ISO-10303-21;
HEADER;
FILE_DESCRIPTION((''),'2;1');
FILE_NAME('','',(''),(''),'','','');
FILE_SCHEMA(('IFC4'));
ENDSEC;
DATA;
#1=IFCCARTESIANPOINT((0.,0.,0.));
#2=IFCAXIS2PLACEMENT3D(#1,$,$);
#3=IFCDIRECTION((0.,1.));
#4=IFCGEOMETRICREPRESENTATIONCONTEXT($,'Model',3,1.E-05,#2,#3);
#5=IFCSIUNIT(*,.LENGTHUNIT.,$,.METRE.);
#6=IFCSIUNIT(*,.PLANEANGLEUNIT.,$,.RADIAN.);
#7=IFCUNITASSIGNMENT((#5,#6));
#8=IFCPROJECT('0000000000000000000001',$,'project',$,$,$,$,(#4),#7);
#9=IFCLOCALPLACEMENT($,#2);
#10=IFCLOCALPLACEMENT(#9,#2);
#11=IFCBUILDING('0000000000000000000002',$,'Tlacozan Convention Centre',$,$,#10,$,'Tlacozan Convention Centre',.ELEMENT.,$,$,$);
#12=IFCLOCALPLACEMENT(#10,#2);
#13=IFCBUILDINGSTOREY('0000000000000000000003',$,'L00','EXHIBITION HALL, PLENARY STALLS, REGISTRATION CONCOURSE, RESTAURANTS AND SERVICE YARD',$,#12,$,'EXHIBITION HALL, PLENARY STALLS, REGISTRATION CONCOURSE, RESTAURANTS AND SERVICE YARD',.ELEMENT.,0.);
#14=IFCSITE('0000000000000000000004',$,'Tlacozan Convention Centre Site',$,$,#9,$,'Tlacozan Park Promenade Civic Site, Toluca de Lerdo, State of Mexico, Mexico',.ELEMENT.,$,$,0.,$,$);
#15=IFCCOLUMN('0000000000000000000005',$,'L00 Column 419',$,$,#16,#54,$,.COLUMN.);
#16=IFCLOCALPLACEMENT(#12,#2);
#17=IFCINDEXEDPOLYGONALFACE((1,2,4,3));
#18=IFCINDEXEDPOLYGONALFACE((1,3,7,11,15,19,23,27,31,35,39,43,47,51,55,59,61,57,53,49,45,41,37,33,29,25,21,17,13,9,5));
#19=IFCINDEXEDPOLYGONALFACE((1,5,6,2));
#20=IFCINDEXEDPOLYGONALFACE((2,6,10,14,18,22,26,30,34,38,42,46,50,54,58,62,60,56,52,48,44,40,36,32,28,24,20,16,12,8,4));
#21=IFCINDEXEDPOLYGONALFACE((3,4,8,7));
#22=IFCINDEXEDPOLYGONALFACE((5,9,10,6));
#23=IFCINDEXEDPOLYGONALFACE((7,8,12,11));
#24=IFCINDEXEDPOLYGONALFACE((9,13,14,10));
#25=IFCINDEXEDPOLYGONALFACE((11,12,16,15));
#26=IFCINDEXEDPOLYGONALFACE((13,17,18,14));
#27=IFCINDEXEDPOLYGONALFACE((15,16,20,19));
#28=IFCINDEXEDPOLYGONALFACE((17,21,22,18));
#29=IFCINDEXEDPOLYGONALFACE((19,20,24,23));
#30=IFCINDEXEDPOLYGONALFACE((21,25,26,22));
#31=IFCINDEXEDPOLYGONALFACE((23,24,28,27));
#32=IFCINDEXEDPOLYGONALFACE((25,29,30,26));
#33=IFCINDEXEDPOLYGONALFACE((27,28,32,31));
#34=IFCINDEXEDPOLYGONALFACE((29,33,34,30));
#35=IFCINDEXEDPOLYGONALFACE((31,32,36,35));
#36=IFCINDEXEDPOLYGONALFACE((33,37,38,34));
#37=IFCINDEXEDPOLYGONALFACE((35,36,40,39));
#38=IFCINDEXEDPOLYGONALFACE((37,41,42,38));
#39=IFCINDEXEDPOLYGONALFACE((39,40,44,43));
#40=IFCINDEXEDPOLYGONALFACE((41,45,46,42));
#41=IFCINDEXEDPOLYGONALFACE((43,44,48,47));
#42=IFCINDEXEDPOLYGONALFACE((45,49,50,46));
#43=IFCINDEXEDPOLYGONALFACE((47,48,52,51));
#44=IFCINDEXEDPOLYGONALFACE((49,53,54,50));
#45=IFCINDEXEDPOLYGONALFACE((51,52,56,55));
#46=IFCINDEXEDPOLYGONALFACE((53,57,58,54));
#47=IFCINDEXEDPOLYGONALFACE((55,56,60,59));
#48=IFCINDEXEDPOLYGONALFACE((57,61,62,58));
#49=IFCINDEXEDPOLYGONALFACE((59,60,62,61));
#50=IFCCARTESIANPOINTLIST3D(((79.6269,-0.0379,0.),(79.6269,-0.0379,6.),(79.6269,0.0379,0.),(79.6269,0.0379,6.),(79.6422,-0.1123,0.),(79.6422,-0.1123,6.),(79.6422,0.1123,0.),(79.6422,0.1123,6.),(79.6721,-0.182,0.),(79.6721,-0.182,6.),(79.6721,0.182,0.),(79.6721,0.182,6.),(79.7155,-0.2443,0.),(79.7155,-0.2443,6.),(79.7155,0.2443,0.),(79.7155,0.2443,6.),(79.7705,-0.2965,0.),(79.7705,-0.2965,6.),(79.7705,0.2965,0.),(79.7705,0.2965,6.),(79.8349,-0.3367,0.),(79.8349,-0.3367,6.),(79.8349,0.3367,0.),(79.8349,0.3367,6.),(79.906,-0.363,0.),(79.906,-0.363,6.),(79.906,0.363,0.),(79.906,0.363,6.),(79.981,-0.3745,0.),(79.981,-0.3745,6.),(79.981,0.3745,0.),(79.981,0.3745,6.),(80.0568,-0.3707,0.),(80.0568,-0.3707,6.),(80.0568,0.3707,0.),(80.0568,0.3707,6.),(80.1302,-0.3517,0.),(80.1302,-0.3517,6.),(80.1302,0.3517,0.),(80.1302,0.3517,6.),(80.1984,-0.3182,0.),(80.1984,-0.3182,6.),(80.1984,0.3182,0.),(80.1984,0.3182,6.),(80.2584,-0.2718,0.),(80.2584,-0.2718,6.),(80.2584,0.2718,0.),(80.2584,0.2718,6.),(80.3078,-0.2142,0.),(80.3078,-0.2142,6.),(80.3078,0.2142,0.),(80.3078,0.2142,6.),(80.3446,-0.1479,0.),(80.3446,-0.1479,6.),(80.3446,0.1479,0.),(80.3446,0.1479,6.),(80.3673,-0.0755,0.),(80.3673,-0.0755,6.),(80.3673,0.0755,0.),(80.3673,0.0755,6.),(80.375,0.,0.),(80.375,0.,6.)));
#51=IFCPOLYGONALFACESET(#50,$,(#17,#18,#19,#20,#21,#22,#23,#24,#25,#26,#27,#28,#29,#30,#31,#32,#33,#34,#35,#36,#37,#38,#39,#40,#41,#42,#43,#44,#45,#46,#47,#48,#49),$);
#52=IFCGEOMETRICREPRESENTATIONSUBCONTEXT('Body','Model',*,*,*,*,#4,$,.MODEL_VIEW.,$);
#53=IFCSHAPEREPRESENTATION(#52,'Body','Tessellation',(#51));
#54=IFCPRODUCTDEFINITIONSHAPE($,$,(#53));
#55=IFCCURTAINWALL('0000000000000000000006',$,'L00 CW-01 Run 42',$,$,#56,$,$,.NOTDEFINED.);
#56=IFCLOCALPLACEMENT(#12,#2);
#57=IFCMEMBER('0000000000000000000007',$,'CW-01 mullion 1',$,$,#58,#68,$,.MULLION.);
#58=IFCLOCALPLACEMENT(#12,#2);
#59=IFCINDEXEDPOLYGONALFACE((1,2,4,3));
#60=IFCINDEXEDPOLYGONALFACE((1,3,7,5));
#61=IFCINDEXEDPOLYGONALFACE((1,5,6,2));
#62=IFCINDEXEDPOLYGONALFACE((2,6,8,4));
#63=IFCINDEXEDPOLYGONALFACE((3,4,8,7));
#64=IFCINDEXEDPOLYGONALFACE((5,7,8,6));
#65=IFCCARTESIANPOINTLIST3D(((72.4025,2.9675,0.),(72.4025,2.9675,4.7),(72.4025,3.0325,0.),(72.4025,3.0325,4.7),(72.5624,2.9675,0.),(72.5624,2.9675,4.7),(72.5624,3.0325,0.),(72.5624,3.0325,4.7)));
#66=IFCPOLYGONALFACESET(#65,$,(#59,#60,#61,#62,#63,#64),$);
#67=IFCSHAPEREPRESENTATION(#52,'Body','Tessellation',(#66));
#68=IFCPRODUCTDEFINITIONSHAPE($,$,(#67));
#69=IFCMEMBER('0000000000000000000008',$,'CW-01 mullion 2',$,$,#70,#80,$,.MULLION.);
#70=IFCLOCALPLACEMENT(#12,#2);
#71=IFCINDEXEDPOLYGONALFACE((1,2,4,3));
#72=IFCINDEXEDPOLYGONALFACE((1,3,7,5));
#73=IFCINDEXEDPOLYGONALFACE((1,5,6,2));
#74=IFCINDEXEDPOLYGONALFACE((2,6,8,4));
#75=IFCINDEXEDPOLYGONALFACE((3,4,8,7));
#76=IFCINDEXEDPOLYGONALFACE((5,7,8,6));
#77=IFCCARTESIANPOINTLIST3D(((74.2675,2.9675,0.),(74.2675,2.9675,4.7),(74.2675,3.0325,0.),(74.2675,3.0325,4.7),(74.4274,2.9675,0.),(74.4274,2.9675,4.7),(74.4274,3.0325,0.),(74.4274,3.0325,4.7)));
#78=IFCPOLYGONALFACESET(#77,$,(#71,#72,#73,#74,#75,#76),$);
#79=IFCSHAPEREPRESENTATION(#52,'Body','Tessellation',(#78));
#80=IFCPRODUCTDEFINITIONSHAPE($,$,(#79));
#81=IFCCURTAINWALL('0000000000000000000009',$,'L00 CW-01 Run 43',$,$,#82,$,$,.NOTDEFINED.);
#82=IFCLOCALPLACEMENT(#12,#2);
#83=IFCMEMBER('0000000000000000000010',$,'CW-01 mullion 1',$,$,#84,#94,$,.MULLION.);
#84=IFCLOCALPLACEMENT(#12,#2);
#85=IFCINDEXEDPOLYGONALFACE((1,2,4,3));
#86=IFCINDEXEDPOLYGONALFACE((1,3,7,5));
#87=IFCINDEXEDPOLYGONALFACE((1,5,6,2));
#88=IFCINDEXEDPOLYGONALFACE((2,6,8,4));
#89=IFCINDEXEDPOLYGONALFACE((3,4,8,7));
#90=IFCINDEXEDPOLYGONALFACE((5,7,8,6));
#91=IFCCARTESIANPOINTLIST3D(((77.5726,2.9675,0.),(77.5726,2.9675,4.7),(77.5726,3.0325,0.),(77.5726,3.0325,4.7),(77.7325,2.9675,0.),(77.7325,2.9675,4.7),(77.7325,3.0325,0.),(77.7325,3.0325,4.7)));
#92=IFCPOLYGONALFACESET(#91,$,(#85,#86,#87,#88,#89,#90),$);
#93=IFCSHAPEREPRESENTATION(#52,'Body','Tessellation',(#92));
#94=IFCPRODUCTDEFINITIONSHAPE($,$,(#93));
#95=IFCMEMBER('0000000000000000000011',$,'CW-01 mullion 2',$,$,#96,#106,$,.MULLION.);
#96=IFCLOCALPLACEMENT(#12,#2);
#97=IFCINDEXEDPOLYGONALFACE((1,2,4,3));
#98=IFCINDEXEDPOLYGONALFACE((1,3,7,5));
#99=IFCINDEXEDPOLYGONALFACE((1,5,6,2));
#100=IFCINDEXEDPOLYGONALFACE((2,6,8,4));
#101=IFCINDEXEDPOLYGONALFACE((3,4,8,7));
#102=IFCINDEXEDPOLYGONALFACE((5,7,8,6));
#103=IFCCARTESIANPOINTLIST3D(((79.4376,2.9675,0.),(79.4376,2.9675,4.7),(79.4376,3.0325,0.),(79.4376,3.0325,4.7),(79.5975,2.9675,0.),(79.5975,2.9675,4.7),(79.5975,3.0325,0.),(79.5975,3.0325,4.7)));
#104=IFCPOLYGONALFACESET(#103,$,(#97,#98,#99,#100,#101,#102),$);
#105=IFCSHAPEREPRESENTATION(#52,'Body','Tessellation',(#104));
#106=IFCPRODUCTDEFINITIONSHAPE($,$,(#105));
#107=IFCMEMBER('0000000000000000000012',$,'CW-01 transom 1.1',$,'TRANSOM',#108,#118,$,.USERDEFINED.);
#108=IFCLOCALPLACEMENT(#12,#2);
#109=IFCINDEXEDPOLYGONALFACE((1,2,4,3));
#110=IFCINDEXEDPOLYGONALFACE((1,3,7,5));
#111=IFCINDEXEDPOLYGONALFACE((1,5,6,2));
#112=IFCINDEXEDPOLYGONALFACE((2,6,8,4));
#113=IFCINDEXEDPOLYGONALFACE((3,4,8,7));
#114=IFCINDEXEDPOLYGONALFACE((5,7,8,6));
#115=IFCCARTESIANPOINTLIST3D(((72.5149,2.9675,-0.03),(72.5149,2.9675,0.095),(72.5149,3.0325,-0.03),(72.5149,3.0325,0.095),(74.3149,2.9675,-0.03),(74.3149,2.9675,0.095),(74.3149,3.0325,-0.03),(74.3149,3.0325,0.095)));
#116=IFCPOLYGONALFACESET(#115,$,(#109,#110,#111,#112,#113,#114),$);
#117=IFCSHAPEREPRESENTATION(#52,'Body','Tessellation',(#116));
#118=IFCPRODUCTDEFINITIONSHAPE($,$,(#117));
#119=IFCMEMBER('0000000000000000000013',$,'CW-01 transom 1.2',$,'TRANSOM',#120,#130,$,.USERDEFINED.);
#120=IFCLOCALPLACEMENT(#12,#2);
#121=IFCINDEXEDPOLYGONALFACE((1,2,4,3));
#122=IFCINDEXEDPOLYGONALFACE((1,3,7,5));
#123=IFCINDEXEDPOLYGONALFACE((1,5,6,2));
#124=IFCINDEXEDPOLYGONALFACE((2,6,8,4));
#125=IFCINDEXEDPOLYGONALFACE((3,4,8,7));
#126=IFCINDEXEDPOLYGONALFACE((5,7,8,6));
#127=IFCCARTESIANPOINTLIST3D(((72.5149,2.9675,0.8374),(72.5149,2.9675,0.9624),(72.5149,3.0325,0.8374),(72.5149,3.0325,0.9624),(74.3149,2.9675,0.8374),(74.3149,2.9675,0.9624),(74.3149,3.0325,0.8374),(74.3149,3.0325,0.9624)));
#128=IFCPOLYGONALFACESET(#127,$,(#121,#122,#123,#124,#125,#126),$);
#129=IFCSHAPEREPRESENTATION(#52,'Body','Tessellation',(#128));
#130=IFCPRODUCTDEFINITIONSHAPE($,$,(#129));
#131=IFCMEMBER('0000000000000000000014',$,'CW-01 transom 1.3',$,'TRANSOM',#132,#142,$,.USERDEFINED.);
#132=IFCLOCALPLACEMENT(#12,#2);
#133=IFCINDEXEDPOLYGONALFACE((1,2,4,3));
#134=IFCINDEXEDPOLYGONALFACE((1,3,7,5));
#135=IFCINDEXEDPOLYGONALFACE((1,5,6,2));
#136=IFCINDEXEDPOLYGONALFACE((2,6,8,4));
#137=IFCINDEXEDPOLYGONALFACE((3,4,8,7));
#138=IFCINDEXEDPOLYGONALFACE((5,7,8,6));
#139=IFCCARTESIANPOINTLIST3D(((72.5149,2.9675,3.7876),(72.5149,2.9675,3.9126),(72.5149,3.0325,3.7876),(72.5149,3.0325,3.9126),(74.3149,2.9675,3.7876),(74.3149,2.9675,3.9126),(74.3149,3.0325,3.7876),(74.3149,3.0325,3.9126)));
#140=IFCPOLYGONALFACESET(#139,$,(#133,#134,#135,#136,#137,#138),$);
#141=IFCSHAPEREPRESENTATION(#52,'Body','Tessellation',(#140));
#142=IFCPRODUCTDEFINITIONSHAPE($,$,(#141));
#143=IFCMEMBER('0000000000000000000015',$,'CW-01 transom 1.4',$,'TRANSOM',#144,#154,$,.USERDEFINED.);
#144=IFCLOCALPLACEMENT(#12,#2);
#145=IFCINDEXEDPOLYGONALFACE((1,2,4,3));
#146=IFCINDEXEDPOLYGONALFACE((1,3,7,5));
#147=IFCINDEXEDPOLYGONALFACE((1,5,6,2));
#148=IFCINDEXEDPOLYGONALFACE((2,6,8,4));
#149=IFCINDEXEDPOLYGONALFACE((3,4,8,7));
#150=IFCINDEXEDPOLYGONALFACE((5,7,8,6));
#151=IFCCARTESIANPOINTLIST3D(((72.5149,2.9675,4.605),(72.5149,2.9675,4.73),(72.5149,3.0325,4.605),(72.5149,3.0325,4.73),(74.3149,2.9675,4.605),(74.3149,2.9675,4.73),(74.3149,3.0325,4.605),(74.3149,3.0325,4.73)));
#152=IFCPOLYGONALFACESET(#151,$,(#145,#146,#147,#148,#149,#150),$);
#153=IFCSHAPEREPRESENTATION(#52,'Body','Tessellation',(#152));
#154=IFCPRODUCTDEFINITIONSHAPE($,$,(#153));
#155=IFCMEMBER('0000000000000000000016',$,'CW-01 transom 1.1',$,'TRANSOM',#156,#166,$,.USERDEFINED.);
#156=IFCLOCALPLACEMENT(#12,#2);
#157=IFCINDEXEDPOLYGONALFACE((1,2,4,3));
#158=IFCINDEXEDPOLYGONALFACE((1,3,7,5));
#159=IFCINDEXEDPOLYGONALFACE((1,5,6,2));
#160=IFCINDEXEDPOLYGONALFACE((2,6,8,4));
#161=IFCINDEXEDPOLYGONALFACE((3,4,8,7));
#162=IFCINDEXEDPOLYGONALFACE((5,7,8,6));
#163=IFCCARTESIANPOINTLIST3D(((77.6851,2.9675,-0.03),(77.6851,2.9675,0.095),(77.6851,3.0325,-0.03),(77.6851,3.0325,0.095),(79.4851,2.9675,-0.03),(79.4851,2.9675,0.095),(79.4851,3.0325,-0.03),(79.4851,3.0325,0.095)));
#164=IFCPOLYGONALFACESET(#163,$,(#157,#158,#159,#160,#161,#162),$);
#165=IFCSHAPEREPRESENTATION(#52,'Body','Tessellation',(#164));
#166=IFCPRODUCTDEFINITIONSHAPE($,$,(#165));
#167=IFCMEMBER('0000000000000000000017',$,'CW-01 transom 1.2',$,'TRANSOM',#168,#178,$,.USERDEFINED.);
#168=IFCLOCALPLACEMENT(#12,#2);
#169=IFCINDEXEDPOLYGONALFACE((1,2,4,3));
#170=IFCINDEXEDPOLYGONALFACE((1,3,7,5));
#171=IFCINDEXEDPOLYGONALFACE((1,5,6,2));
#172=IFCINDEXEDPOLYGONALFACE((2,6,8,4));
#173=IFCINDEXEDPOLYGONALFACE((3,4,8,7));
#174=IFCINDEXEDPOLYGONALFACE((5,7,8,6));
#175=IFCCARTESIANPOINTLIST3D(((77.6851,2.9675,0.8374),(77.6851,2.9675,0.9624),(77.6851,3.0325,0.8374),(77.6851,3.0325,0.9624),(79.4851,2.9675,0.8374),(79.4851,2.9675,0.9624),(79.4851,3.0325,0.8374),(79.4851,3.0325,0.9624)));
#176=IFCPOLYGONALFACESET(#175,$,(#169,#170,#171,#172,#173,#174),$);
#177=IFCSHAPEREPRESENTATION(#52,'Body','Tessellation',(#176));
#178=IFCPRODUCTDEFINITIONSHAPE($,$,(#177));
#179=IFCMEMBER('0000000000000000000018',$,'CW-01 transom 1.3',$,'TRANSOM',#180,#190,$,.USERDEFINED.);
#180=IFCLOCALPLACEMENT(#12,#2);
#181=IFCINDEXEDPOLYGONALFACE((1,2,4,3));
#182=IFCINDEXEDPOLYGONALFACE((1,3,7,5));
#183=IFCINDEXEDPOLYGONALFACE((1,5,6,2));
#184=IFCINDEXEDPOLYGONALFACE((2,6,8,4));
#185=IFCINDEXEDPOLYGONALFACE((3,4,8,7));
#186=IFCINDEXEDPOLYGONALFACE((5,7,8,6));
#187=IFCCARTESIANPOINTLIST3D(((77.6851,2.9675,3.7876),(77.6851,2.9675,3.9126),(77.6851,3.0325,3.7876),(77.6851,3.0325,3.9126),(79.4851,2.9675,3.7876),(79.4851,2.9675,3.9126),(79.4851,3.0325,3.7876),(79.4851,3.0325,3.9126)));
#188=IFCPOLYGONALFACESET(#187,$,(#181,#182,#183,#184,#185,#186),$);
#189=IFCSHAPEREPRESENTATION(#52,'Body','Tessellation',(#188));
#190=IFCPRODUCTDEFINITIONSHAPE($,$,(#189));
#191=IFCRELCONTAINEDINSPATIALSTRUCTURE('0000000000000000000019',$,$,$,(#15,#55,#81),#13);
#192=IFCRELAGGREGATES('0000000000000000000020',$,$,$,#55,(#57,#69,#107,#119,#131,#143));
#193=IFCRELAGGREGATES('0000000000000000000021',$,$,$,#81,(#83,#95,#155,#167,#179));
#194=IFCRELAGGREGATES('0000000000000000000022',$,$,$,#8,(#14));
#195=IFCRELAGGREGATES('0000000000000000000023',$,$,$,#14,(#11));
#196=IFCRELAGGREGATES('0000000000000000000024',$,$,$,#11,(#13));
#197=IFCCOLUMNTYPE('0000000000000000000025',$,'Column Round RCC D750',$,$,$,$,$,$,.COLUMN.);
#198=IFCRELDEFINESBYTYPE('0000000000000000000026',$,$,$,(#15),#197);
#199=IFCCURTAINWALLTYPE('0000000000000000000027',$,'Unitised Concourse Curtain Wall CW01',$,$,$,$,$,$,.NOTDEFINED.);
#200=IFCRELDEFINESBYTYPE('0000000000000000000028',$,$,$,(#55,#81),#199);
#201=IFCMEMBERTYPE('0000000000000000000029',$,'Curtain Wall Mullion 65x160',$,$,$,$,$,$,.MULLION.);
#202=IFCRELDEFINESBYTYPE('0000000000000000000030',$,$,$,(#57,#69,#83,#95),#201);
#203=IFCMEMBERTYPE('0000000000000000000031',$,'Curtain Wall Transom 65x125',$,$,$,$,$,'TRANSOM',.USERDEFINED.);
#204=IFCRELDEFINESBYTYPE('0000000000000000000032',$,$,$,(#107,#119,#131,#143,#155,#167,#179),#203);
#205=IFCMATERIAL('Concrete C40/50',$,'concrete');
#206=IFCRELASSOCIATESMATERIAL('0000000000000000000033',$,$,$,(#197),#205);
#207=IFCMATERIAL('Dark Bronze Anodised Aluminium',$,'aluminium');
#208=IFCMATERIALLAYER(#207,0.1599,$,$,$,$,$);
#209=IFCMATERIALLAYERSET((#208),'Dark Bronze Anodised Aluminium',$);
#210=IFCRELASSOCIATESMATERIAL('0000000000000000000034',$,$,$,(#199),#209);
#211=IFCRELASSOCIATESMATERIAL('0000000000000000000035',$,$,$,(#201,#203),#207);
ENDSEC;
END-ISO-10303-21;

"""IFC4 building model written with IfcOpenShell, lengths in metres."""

from ifc_helpers import new_model, si_unit, direction, frame, origin, origin_2d, place, context, subcontext, project, spatial, rectangle, circle, extrude, material, layer, layer_set, material_profile, profile_set, type_object, element, aggregate, save


model = new_model("IFC4")

# Units and contexts
model_context = context("Model", 3, precision=1e-05, world=origin(), true_north=direction((0.0, 1.0)))
body_context = subcontext(model_context, "Body", "Model", "MODEL_VIEW")
ifc_project = project(units=[si_unit("LENGTHUNIT", "METRE"), si_unit("PLANEANGLEUNIT", "RADIAN")], contexts=[model_context])

# Site, building, storey
site_placement = place(None, origin())
site = spatial("IfcSite", under=ifc_project, at=site_placement, Name="Tlacozan Convention Centre Site", LongName="Tlacozan Park Promenade Civic Site, Toluca de Lerdo, State of Mexico, Mexico", CompositionType="ELEMENT", RefElevation=0.0)
building_placement = place(site_placement, origin())
building = spatial("IfcBuilding", under=site, at=building_placement, Name="Tlacozan Convention Centre", LongName="Tlacozan Convention Centre", CompositionType="ELEMENT")
storey_placement = place(building_placement, origin())
storey = spatial("IfcBuildingStorey", under=building, at=storey_placement, Name="L00", Description="EXHIBITION HALL, PLENARY STALLS, REGISTRATION CONCOURSE, RESTAURANTS AND SERVICE YARD", LongName="EXHIBITION HALL, PLENARY STALLS, REGISTRATION CONCOURSE, RESTAURANTS AND SERVICE YARD", CompositionType="ELEMENT", Elevation=0.0)

# Column
ifc_material_1 = material(Name="Concrete C40/50", Category="concrete")
ifc_material_profile_1 = material_profile(ifc_material_1, circle(Radius=0.375, at=origin_2d()), Name="RCC D750")
ifc_profile_set_1 = profile_set([ifc_material_profile_1], Name="Concrete C40/50")
column_type = type_object("IfcColumnType", Name="Column Round RCC D750", PredefinedType="COLUMN", material=ifc_profile_set_1)
column_placement = place(storey_placement, frame((80.0, 0.0, 0.0), z_axis=(0.0, 0.0, 1.0), x_axis=(1.0, 0.0, 0.0)))
element("IfcColumn", 1, at=column_placement, inside=storey, type_object=column_type, Name="L00 Column 419", PredefinedType="COLUMN", context=body_context, shape_type="SweptSolid", body=[
    extrude(circle(Radius=0.375, at=origin_2d()), origin(), (0.0, 0.0, 1.0), 6.0),
])

# Curtain walls, members
ifc_material_2 = material(Name="Dark Bronze Anodised Aluminium", Category="aluminium")
ifc_layer_1 = layer(ifc_material_2, 0.1599)
ifc_layer_set_1 = layer_set([ifc_layer_1], Name="Dark Bronze Anodised Aluminium")
curtain_wall_type = type_object("IfcCurtainWallType", Name="Unitised Concourse Curtain Wall CW01", PredefinedType="NOTDEFINED", material=ifc_layer_set_1)
curtain_wall_1_placement = place(storey_placement, origin())
curtain_wall_1 = element("IfcCurtainWall", 2, at=curtain_wall_1_placement, inside=storey, type_object=curtain_wall_type, Name="L00 CW-01 Run 42", PredefinedType="NOTDEFINED")
ifc_material_profile_2 = material_profile(ifc_material_2, rectangle(XDim=0.0649, YDim=0.1599, at=origin_2d()), Name="ALU 65x160")
ifc_profile_set_2 = profile_set([ifc_material_profile_2], Name="Dark Bronze Anodised Aluminium")
member_type_1 = type_object("IfcMemberType", Name="Curtain Wall Mullion 65x160", PredefinedType="MULLION", material=ifc_profile_set_2)
member_1_placement = place(storey_placement, frame((72.4824, 3.0, 0.0), z_axis=(0.0, 0.0, 1.0), x_axis=(0.0, 1.0, 0.0)))
member_1 = element("IfcMember", 3, at=member_1_placement, type_object=member_type_1, Name="CW-01 mullion 1", PredefinedType="MULLION", context=body_context, shape_type="SweptSolid", body=[
    extrude(rectangle(XDim=0.0649, YDim=0.1599, at=origin_2d()), origin(), (0.0, 0.0, 1.0), 4.7),
])
member_2_placement = place(storey_placement, frame((74.3474, 3.0, 0.0), z_axis=(0.0, 0.0, 1.0), x_axis=(0.0, 1.0, 0.0)))
member_2 = element("IfcMember", 4, at=member_2_placement, type_object=member_type_1, Name="CW-01 mullion 2", PredefinedType="MULLION", context=body_context, shape_type="SweptSolid", body=[
    extrude(rectangle(XDim=0.0649, YDim=0.1599, at=origin_2d()), origin(), (0.0, 0.0, 1.0), 4.7),
])
curtain_wall_2_placement = place(storey_placement, origin())
curtain_wall_2 = element("IfcCurtainWall", 5, at=curtain_wall_2_placement, inside=storey, type_object=curtain_wall_type, Name="L00 CW-01 Run 43", PredefinedType="NOTDEFINED")
member_3_placement = place(storey_placement, frame((77.6526, 3.0, 0.0), z_axis=(0.0, 0.0, 1.0), x_axis=(0.0, 1.0, 0.0)))
member_3 = element("IfcMember", 6, at=member_3_placement, type_object=member_type_1, Name="CW-01 mullion 1", PredefinedType="MULLION", context=body_context, shape_type="SweptSolid", body=[
    extrude(rectangle(XDim=0.0649, YDim=0.1599, at=origin_2d()), origin(), (0.0, 0.0, 1.0), 4.7),
])
member_4_placement = place(storey_placement, frame((79.5176, 3.0, 0.0), z_axis=(0.0, 0.0, 1.0), x_axis=(0.0, 1.0, 0.0)))
member_4 = element("IfcMember", 7, at=member_4_placement, type_object=member_type_1, Name="CW-01 mullion 2", PredefinedType="MULLION", context=body_context, shape_type="SweptSolid", body=[
    extrude(rectangle(XDim=0.0649, YDim=0.1599, at=origin_2d()), origin(), (0.0, 0.0, 1.0), 4.7),
])

# Members
ifc_material_profile_3 = material_profile(ifc_material_2, rectangle(XDim=0.0649, YDim=0.125, at=origin_2d()), Name="ALU 65x125")
ifc_profile_set_3 = profile_set([ifc_material_profile_3], Name="Dark Bronze Anodised Aluminium")
member_type_2 = type_object("IfcMemberType", Name="Curtain Wall Transom 65x125", ElementType="TRANSOM", PredefinedType="USERDEFINED", material=ifc_profile_set_3)
member_5_placement = place(storey_placement, frame((72.5149, 3.0, 0.0325), z_axis=(1.0, 0.0, 0.0), x_axis=(0.0, 1.0, 0.0)))
member_5 = element("IfcMember", 8, at=member_5_placement, type_object=member_type_2, Name="CW-01 transom 1.1", ObjectType="TRANSOM", PredefinedType="USERDEFINED", context=body_context, shape_type="SweptSolid", body=[
    extrude(rectangle(XDim=0.0649, YDim=0.125, at=origin_2d()), origin(), (0.0, 0.0, 1.0), 1.8),
])
member_6_placement = place(storey_placement, frame((72.5149, 3.0, 0.8999), z_axis=(1.0, 0.0, 0.0), x_axis=(0.0, 1.0, 0.0)))
member_6 = element("IfcMember", 9, at=member_6_placement, type_object=member_type_2, Name="CW-01 transom 1.2", ObjectType="TRANSOM", PredefinedType="USERDEFINED", context=body_context, shape_type="SweptSolid", body=[
    extrude(rectangle(XDim=0.0649, YDim=0.125, at=origin_2d()), origin(), (0.0, 0.0, 1.0), 1.8),
])
member_7_placement = place(storey_placement, frame((72.5149, 3.0, 3.8501), z_axis=(1.0, 0.0, 0.0), x_axis=(0.0, 1.0, 0.0)))
member_7 = element("IfcMember", 10, at=member_7_placement, type_object=member_type_2, Name="CW-01 transom 1.3", ObjectType="TRANSOM", PredefinedType="USERDEFINED", context=body_context, shape_type="SweptSolid", body=[
    extrude(rectangle(XDim=0.0649, YDim=0.125, at=origin_2d()), origin(), (0.0, 0.0, 1.0), 1.8),
])
member_8_placement = place(storey_placement, frame((72.5149, 3.0, 4.6675), z_axis=(1.0, 0.0, 0.0), x_axis=(0.0, 1.0, 0.0)))
member_8 = element("IfcMember", 11, at=member_8_placement, type_object=member_type_2, Name="CW-01 transom 1.4", ObjectType="TRANSOM", PredefinedType="USERDEFINED", context=body_context, shape_type="SweptSolid", body=[
    extrude(rectangle(XDim=0.0649, YDim=0.125, at=origin_2d()), origin(), (0.0, 0.0, 1.0), 1.8),
])
member_9_placement = place(storey_placement, frame((77.6851, 3.0, 0.0325), z_axis=(1.0, 0.0, 0.0), x_axis=(0.0, 1.0, 0.0)))
member_9 = element("IfcMember", 12, at=member_9_placement, type_object=member_type_2, Name="CW-01 transom 1.1", ObjectType="TRANSOM", PredefinedType="USERDEFINED", context=body_context, shape_type="SweptSolid", body=[
    extrude(rectangle(XDim=0.0649, YDim=0.125, at=origin_2d()), origin(), (0.0, 0.0, 1.0), 1.8),
])
member_10_placement = place(storey_placement, frame((77.6851, 3.0, 0.8999), z_axis=(1.0, 0.0, 0.0), x_axis=(0.0, 1.0, 0.0)))
member_10 = element("IfcMember", 13, at=member_10_placement, type_object=member_type_2, Name="CW-01 transom 1.2", ObjectType="TRANSOM", PredefinedType="USERDEFINED", context=body_context, shape_type="SweptSolid", body=[
    extrude(rectangle(XDim=0.0649, YDim=0.125, at=origin_2d()), origin(), (0.0, 0.0, 1.0), 1.8),
])
member_11_placement = place(storey_placement, frame((77.6851, 3.0, 3.8501), z_axis=(1.0, 0.0, 0.0), x_axis=(0.0, 1.0, 0.0)))
member_11 = element("IfcMember", 14, at=member_11_placement, type_object=member_type_2, Name="CW-01 transom 1.3", ObjectType="TRANSOM", PredefinedType="USERDEFINED", context=body_context, shape_type="SweptSolid", body=[
    extrude(rectangle(XDim=0.0649, YDim=0.125, at=origin_2d()), origin(), (0.0, 0.0, 1.0), 1.8),
])

aggregate(curtain_wall_1, [member_1, member_2, member_5, member_6, member_7, member_8])
aggregate(curtain_wall_2, [member_3, member_4, member_9, member_10, member_11])

save(model, "model.ifc")
